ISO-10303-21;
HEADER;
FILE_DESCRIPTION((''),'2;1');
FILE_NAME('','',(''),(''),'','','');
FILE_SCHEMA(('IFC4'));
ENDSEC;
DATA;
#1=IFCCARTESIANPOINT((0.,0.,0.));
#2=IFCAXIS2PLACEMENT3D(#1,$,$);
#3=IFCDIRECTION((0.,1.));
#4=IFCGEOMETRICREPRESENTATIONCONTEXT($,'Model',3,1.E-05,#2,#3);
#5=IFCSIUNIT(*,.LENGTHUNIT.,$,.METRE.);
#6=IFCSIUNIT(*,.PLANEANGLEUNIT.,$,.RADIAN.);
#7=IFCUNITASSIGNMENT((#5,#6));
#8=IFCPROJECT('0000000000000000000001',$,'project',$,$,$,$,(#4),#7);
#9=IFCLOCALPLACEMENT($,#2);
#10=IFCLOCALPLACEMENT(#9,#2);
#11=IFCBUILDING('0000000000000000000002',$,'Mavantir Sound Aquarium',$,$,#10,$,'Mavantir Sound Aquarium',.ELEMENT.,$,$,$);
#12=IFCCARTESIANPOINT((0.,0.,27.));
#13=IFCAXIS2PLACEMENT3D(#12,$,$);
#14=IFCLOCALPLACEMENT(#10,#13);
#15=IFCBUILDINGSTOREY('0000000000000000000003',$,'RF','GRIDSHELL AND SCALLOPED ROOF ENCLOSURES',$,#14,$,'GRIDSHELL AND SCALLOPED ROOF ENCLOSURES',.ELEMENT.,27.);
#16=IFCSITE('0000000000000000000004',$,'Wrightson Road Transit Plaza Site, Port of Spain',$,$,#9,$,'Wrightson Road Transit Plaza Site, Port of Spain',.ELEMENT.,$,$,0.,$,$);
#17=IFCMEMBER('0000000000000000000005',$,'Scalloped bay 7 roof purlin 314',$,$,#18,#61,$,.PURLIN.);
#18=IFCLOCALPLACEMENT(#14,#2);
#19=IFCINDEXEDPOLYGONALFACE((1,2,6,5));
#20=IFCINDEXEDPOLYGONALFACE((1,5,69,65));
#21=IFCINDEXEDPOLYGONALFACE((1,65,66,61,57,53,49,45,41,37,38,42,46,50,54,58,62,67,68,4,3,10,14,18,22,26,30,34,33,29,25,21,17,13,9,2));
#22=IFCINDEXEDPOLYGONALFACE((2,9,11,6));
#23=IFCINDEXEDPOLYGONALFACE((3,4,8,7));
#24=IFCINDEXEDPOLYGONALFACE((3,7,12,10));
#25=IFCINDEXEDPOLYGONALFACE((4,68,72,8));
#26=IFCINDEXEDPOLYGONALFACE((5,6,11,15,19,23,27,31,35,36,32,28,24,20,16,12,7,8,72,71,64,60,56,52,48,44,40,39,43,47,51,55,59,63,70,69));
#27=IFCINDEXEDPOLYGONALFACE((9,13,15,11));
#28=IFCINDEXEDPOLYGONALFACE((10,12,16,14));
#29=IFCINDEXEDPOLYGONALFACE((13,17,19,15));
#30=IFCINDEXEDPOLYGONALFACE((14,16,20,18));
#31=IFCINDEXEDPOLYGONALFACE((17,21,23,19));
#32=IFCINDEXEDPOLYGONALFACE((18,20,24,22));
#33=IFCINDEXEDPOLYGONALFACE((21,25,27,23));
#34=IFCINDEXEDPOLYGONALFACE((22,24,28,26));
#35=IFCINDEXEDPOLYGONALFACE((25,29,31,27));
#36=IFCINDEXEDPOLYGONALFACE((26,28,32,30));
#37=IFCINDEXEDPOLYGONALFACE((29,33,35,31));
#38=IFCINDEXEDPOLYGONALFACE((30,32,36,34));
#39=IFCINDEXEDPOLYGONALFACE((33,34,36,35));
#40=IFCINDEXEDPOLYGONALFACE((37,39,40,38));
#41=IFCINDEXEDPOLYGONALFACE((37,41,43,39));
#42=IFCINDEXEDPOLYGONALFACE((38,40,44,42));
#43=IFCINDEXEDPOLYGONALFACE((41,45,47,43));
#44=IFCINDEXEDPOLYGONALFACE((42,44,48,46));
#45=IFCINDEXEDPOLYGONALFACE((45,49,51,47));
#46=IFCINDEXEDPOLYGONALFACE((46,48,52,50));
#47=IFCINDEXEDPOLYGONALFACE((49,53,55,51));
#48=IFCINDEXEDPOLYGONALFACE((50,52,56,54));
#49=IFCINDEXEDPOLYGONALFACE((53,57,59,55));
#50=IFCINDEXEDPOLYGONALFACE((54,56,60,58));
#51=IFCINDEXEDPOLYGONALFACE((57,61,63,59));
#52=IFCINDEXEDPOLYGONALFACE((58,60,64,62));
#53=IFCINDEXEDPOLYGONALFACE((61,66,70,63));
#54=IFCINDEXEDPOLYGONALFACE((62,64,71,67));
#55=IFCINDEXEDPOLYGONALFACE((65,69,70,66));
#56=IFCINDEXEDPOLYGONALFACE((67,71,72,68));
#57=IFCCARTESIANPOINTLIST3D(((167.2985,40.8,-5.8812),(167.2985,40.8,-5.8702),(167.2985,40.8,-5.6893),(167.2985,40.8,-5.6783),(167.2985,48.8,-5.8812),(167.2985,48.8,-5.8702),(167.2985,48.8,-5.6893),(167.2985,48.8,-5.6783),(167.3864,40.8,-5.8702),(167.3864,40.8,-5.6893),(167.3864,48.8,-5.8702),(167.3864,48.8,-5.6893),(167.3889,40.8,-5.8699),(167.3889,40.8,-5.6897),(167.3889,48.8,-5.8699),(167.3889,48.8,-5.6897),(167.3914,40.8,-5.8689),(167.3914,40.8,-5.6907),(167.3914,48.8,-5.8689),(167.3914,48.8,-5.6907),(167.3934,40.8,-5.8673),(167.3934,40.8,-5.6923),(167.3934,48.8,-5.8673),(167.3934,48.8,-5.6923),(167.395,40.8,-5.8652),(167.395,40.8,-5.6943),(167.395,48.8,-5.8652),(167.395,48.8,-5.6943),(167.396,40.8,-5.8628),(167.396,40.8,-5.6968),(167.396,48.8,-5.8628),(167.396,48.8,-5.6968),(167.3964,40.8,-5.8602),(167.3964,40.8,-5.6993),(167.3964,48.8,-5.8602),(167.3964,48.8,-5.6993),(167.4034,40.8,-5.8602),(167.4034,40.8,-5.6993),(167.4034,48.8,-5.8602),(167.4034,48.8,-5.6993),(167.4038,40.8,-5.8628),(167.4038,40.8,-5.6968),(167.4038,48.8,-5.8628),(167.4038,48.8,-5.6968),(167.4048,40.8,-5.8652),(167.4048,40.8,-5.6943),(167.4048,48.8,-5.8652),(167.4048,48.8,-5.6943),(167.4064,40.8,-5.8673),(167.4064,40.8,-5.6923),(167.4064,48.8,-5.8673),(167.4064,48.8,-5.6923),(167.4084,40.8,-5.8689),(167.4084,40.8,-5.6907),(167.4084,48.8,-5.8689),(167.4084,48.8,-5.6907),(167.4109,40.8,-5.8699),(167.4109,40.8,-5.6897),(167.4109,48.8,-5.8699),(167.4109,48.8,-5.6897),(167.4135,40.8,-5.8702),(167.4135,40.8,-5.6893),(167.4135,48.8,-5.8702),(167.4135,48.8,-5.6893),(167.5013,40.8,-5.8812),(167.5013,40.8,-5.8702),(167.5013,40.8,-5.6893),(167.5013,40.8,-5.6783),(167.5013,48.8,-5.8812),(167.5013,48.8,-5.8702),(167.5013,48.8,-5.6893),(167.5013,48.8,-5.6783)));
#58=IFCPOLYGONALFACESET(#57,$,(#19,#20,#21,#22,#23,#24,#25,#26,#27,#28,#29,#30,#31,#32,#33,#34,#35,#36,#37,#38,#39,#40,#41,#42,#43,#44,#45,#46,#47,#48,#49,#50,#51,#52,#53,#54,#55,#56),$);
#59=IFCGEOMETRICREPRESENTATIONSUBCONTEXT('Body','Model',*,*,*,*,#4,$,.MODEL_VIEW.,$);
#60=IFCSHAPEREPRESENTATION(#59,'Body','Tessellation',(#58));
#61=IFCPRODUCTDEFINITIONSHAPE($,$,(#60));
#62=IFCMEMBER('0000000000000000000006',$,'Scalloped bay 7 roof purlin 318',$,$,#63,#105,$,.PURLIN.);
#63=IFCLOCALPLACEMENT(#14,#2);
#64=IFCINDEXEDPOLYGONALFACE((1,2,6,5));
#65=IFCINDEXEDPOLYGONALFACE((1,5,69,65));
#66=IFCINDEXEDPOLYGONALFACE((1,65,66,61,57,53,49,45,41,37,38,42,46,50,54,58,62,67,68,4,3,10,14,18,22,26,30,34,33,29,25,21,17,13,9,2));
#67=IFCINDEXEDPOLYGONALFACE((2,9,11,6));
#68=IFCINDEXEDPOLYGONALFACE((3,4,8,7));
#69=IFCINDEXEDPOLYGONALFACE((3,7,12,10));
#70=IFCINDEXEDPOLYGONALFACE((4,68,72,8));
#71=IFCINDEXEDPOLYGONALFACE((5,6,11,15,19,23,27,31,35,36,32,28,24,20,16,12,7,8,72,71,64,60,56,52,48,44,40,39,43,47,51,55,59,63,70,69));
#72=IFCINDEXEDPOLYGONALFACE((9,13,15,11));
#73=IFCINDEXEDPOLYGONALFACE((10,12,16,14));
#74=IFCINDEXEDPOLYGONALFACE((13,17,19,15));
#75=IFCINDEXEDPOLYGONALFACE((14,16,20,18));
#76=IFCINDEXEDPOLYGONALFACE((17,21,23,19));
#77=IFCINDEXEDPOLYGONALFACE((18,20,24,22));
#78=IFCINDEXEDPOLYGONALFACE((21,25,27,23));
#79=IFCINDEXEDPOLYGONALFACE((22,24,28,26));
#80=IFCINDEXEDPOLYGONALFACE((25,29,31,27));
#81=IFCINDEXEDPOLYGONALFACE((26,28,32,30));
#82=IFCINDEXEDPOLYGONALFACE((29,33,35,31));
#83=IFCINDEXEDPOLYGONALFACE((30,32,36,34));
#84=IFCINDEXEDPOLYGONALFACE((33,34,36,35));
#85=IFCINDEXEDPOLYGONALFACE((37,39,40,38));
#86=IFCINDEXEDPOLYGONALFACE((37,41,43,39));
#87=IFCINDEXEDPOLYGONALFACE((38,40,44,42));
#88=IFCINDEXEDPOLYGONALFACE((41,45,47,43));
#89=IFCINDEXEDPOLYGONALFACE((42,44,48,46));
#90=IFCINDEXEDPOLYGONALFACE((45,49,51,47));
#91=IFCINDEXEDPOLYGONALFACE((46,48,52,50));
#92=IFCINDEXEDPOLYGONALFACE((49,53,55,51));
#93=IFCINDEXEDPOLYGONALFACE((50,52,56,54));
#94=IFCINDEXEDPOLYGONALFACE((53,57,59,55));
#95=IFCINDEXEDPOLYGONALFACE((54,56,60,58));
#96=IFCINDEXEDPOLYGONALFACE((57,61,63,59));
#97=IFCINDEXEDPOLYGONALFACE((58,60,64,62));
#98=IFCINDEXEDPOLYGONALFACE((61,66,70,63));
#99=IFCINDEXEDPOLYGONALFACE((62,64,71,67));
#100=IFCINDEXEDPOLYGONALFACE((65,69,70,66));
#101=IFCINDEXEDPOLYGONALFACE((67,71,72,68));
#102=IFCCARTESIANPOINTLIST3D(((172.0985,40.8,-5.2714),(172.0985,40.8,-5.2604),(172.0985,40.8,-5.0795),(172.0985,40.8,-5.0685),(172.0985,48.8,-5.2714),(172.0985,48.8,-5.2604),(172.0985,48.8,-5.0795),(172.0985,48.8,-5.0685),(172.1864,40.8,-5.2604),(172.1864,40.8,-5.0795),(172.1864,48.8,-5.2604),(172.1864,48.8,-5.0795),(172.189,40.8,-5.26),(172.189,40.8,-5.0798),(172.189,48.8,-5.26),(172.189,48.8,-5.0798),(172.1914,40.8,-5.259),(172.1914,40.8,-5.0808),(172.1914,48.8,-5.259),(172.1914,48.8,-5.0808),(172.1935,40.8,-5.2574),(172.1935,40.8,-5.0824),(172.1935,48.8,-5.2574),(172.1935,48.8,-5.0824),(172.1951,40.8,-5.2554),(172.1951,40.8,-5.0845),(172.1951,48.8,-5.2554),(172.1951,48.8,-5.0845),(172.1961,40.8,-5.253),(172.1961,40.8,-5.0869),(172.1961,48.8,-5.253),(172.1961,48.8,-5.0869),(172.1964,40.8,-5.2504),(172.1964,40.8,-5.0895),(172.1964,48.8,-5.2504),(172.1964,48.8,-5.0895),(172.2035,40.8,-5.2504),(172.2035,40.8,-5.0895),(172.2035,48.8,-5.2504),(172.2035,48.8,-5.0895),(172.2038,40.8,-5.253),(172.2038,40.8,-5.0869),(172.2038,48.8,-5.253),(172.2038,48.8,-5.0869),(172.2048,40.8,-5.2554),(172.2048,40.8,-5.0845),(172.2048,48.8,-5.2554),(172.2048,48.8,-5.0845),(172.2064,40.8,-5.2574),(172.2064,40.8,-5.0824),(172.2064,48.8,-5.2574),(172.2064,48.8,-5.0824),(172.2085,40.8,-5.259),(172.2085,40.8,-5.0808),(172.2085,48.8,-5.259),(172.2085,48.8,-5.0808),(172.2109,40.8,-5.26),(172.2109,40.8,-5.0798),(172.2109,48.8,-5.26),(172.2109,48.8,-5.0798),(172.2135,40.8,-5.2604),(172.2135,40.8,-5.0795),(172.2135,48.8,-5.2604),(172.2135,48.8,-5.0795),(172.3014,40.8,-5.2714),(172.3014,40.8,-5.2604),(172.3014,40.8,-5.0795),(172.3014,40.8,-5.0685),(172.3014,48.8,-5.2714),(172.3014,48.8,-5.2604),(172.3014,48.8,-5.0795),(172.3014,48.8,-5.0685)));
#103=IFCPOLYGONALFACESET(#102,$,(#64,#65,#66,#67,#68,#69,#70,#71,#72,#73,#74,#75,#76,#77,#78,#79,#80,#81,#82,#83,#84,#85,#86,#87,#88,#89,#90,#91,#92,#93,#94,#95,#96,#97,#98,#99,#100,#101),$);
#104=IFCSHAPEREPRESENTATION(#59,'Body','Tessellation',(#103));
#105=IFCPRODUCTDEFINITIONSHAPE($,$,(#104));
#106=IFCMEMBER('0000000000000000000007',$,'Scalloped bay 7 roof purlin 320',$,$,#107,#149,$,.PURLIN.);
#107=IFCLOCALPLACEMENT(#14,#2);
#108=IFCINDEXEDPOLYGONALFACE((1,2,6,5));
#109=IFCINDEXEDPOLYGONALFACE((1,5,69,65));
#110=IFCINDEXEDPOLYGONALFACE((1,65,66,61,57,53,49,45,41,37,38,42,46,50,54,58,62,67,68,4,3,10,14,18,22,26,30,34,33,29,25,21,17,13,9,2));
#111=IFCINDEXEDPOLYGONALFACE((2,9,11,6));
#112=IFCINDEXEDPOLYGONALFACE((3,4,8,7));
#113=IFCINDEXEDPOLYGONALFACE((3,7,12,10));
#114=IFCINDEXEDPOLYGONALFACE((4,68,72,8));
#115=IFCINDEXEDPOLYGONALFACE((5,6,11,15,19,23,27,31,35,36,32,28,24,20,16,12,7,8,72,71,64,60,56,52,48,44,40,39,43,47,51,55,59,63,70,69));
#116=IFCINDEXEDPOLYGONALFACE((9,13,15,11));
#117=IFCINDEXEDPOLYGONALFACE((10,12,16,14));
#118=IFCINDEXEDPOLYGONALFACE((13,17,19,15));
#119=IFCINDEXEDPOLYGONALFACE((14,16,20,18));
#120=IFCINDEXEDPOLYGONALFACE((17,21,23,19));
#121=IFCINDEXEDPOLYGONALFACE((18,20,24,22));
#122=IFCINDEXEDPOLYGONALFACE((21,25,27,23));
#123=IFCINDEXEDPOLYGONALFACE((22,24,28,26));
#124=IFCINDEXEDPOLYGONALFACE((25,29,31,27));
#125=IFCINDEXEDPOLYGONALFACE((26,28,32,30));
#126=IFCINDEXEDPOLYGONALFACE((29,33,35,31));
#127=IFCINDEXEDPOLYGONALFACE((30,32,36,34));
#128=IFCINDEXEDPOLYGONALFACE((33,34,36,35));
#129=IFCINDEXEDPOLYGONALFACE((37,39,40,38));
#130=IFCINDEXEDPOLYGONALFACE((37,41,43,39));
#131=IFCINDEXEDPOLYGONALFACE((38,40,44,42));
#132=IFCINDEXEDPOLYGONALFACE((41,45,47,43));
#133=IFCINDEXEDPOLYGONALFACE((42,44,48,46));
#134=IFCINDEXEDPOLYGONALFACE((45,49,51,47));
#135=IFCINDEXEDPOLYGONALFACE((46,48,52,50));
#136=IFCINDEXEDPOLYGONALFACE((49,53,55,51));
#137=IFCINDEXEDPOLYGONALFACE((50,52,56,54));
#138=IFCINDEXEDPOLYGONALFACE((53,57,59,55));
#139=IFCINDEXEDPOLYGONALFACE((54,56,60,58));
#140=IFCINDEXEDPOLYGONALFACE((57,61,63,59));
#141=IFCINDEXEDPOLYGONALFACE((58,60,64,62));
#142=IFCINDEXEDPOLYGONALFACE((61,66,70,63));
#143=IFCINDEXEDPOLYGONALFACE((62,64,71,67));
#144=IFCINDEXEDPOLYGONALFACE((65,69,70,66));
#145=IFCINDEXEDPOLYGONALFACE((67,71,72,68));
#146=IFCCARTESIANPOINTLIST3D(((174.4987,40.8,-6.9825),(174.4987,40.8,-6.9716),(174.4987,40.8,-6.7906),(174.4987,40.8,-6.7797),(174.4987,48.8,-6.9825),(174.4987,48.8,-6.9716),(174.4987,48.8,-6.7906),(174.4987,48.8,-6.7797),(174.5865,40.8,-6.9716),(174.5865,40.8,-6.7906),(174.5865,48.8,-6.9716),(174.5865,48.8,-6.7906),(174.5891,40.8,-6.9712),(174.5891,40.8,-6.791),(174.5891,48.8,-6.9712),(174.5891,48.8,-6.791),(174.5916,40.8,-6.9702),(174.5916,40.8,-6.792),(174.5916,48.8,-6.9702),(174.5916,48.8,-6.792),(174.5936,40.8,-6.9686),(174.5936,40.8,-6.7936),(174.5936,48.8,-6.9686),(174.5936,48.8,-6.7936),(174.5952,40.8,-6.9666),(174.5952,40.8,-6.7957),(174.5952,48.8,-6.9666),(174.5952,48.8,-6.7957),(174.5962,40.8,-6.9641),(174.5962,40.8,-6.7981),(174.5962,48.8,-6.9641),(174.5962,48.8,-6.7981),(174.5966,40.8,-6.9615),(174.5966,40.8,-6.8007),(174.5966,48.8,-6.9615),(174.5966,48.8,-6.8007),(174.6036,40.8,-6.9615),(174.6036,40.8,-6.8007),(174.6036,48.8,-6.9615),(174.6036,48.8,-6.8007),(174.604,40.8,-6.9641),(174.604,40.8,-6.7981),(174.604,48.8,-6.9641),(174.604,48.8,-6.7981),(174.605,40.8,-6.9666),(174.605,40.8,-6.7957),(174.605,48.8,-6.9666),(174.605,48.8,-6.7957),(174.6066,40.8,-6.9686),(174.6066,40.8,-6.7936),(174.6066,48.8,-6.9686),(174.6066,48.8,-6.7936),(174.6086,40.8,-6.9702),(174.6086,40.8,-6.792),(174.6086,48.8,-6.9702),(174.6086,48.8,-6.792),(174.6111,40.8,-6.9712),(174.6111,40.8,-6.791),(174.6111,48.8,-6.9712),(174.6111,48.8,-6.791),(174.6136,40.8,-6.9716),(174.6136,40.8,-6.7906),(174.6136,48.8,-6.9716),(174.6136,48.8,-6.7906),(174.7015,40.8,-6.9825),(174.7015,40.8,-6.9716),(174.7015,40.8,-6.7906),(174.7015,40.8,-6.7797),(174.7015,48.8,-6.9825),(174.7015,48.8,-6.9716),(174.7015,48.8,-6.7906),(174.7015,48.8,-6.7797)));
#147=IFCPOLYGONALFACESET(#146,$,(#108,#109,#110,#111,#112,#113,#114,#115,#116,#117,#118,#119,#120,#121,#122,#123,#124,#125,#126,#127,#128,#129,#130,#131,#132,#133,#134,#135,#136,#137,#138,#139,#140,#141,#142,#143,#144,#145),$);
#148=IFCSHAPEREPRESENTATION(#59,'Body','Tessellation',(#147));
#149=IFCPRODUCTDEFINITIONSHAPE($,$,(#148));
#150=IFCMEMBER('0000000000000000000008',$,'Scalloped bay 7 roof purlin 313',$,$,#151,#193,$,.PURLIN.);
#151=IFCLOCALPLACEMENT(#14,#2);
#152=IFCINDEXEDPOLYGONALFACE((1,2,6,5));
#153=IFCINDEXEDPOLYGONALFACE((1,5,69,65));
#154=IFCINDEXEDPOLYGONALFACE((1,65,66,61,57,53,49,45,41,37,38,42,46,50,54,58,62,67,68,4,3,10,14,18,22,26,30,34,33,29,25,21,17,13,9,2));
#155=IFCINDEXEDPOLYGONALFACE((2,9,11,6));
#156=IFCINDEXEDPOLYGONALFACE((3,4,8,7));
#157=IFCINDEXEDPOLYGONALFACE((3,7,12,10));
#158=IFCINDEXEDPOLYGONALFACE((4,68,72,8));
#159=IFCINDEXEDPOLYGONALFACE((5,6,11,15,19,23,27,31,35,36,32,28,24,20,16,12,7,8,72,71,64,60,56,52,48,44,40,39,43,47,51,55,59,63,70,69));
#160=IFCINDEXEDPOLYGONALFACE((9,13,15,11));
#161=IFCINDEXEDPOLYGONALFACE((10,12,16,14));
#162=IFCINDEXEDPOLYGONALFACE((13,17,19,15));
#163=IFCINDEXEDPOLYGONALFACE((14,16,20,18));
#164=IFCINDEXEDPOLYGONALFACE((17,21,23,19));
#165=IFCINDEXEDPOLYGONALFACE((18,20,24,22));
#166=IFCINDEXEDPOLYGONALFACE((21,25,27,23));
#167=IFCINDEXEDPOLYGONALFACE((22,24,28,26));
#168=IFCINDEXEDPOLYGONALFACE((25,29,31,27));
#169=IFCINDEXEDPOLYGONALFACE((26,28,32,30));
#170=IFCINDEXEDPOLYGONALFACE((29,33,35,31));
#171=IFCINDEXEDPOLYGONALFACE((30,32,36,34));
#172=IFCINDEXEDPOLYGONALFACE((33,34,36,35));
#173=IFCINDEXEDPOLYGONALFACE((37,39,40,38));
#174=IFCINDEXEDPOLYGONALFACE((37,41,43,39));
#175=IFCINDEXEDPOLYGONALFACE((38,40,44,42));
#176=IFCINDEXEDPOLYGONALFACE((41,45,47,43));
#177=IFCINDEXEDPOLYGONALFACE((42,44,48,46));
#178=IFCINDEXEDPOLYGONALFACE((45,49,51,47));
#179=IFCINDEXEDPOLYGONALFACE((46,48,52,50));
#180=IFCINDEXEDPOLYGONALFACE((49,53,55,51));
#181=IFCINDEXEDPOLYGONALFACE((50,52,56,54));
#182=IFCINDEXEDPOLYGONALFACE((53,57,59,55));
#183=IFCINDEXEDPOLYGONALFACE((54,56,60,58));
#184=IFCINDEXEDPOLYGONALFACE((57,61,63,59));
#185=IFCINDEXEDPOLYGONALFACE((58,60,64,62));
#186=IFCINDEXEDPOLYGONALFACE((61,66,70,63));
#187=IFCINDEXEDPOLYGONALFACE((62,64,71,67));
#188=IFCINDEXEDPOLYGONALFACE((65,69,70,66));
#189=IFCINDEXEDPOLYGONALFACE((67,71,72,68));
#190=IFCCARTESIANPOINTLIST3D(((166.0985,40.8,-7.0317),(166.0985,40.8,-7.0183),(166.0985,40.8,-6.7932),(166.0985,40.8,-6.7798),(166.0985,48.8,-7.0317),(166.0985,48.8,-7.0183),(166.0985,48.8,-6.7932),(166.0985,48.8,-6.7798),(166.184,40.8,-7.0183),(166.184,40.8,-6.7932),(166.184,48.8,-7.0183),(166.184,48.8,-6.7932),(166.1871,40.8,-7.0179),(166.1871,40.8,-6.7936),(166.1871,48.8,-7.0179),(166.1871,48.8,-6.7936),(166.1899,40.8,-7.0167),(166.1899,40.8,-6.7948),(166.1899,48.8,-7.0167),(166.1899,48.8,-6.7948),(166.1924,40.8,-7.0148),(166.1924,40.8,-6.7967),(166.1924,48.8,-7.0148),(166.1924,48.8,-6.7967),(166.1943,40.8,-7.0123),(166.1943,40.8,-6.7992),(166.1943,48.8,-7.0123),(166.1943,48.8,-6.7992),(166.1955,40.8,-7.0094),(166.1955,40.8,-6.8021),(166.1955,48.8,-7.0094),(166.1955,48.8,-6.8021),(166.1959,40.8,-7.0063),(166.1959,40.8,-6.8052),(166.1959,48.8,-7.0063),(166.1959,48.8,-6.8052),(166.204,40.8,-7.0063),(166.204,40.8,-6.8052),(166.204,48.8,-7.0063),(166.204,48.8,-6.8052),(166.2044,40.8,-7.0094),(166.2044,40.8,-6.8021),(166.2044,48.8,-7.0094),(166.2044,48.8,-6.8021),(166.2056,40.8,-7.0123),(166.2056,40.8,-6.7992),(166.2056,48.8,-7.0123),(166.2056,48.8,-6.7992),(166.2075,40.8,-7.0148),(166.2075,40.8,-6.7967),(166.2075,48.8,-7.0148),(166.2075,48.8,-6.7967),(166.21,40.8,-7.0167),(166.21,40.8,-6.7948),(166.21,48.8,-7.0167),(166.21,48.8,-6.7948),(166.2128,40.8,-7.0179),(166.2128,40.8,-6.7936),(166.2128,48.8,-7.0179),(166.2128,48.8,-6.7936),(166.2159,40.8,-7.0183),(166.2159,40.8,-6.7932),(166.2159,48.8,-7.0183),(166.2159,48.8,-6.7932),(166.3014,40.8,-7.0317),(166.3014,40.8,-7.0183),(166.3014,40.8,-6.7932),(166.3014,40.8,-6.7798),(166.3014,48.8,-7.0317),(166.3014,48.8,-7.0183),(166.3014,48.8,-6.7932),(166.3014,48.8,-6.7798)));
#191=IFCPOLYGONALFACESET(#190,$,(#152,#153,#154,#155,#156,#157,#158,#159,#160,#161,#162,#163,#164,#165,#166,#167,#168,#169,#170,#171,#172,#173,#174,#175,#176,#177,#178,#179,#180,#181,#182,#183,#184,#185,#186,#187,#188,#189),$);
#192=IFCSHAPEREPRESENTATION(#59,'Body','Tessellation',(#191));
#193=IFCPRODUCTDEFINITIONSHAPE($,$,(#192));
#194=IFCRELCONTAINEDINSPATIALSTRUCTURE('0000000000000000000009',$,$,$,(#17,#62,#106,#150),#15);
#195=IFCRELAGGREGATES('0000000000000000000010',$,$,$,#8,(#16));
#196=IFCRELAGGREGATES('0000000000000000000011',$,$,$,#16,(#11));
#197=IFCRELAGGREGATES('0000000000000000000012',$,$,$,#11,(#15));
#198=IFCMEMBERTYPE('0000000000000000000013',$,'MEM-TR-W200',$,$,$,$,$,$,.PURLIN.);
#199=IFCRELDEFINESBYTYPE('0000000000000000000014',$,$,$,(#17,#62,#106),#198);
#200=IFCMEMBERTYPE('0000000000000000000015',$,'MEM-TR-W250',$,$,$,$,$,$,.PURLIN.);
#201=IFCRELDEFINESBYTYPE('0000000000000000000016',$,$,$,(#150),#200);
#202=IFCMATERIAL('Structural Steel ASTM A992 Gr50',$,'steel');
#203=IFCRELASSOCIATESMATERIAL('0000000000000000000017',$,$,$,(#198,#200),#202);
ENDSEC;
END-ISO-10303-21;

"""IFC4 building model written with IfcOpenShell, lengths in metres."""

from ifc_helpers import new_model, si_unit, direction, frame, origin, origin_2d, place, context, subcontext, project, spatial, i_section, extrude, material, material_profile, profile_set, type_object, element, save


model = new_model("IFC4")

# Units and contexts
model_context = context("Model", 3, precision=1e-05, world=origin(), true_north=direction((0.0, 1.0)))
body_context = subcontext(model_context, "Body", "Model", "MODEL_VIEW")
ifc_project = project(units=[si_unit("LENGTHUNIT", "METRE"), si_unit("PLANEANGLEUNIT", "RADIAN")], contexts=[model_context])

# Site, building, storey
site_placement = place(None, origin())
site = spatial("IfcSite", under=ifc_project, at=site_placement, Name="Wrightson Road Transit Plaza Site, Port of Spain", LongName="Wrightson Road Transit Plaza Site, Port of Spain", CompositionType="ELEMENT", RefElevation=0.0)
building_placement = place(site_placement, origin())
building = spatial("IfcBuilding", under=site, at=building_placement, Name="Mavantir Sound Aquarium", LongName="Mavantir Sound Aquarium", CompositionType="ELEMENT")
storey_placement = place(building_placement, frame((0.0, 0.0, 27.0)))
storey = spatial("IfcBuildingStorey", under=building, at=storey_placement, Name="RF", Description="GRIDSHELL AND SCALLOPED ROOF ENCLOSURES", LongName="GRIDSHELL AND SCALLOPED ROOF ENCLOSURES", CompositionType="ELEMENT", Elevation=27.0)

# Shared definitions
ifc_material_1 = material(Name="Structural Steel ASTM A992 Gr50", Category="steel")

# Members
ifc_material_profile_1 = material_profile(ifc_material_1, i_section(OverallWidth=0.2029, OverallDepth=0.2029, WebThickness=0.0071, FlangeThickness=0.011, FilletRadius=0.01, at=origin_2d()), Name="W200X46")
ifc_profile_set_1 = profile_set([ifc_material_profile_1], Name="Structural Steel ASTM A992 Gr50")
member_type_1 = type_object("IfcMemberType", Name="MEM-TR-W200", PredefinedType="PURLIN", material=ifc_profile_set_1)
for number, where, z_axis, x_axis, name in (
    (1, (167.3999, 40.8, -5.7798), (0.0, 1.0, 0.0), (-1.0, 0.0, 0.0), "Scalloped bay 7 roof purlin 314"),
    (2, (172.2, 40.8, -5.1699), (0.0, 1.0, 0.0), (-1.0, 0.0, 0.0), "Scalloped bay 7 roof purlin 318"),
    (3, (174.6001, 40.8, -6.8811), (0.0, 1.0, 0.0), (-1.0, 0.0, 0.0), "Scalloped bay 7 roof purlin 320"),
):
    element("IfcMember", number, at=place(storey_placement, frame(where, z_axis=z_axis, x_axis=x_axis)), inside=storey, type_object=member_type_1, Name=name, PredefinedType="PURLIN", context=body_context, shape_type="SweptSolid", body=[
        extrude(i_section(OverallWidth=0.2029, OverallDepth=0.2029, WebThickness=0.0071, FlangeThickness=0.011, FilletRadius=0.01, at=origin_2d()), origin(), (0.0, 0.0, 1.0), 8.0),
    ])
ifc_material_profile_2 = material_profile(ifc_material_1, i_section(OverallWidth=0.2029, OverallDepth=0.252, WebThickness=0.0081, FlangeThickness=0.0134, FilletRadius=0.012, at=origin_2d()), Name="W250X58")
ifc_profile_set_2 = profile_set([ifc_material_profile_2], Name="Structural Steel ASTM A992 Gr50")
member_type_2 = type_object("IfcMemberType", Name="MEM-TR-W250", PredefinedType="PURLIN", material=ifc_profile_set_2)
for number, where, z_axis, x_axis, name in (
    (4, (166.2, 40.8, -6.9058), (0.0, 1.0, 0.0), (-1.0, 0.0, 0.0), "Scalloped bay 7 roof purlin 313"),
):
    element("IfcMember", number, at=place(storey_placement, frame(where, z_axis=z_axis, x_axis=x_axis)), inside=storey, type_object=member_type_2, Name=name, PredefinedType="PURLIN", context=body_context, shape_type="SweptSolid", body=[
        extrude(i_section(OverallWidth=0.2029, OverallDepth=0.252, WebThickness=0.0081, FlangeThickness=0.0134, FilletRadius=0.012, at=origin_2d()), origin(), (0.0, 0.0, 1.0), 8.0),
    ])

save(model, "model.ifc")
